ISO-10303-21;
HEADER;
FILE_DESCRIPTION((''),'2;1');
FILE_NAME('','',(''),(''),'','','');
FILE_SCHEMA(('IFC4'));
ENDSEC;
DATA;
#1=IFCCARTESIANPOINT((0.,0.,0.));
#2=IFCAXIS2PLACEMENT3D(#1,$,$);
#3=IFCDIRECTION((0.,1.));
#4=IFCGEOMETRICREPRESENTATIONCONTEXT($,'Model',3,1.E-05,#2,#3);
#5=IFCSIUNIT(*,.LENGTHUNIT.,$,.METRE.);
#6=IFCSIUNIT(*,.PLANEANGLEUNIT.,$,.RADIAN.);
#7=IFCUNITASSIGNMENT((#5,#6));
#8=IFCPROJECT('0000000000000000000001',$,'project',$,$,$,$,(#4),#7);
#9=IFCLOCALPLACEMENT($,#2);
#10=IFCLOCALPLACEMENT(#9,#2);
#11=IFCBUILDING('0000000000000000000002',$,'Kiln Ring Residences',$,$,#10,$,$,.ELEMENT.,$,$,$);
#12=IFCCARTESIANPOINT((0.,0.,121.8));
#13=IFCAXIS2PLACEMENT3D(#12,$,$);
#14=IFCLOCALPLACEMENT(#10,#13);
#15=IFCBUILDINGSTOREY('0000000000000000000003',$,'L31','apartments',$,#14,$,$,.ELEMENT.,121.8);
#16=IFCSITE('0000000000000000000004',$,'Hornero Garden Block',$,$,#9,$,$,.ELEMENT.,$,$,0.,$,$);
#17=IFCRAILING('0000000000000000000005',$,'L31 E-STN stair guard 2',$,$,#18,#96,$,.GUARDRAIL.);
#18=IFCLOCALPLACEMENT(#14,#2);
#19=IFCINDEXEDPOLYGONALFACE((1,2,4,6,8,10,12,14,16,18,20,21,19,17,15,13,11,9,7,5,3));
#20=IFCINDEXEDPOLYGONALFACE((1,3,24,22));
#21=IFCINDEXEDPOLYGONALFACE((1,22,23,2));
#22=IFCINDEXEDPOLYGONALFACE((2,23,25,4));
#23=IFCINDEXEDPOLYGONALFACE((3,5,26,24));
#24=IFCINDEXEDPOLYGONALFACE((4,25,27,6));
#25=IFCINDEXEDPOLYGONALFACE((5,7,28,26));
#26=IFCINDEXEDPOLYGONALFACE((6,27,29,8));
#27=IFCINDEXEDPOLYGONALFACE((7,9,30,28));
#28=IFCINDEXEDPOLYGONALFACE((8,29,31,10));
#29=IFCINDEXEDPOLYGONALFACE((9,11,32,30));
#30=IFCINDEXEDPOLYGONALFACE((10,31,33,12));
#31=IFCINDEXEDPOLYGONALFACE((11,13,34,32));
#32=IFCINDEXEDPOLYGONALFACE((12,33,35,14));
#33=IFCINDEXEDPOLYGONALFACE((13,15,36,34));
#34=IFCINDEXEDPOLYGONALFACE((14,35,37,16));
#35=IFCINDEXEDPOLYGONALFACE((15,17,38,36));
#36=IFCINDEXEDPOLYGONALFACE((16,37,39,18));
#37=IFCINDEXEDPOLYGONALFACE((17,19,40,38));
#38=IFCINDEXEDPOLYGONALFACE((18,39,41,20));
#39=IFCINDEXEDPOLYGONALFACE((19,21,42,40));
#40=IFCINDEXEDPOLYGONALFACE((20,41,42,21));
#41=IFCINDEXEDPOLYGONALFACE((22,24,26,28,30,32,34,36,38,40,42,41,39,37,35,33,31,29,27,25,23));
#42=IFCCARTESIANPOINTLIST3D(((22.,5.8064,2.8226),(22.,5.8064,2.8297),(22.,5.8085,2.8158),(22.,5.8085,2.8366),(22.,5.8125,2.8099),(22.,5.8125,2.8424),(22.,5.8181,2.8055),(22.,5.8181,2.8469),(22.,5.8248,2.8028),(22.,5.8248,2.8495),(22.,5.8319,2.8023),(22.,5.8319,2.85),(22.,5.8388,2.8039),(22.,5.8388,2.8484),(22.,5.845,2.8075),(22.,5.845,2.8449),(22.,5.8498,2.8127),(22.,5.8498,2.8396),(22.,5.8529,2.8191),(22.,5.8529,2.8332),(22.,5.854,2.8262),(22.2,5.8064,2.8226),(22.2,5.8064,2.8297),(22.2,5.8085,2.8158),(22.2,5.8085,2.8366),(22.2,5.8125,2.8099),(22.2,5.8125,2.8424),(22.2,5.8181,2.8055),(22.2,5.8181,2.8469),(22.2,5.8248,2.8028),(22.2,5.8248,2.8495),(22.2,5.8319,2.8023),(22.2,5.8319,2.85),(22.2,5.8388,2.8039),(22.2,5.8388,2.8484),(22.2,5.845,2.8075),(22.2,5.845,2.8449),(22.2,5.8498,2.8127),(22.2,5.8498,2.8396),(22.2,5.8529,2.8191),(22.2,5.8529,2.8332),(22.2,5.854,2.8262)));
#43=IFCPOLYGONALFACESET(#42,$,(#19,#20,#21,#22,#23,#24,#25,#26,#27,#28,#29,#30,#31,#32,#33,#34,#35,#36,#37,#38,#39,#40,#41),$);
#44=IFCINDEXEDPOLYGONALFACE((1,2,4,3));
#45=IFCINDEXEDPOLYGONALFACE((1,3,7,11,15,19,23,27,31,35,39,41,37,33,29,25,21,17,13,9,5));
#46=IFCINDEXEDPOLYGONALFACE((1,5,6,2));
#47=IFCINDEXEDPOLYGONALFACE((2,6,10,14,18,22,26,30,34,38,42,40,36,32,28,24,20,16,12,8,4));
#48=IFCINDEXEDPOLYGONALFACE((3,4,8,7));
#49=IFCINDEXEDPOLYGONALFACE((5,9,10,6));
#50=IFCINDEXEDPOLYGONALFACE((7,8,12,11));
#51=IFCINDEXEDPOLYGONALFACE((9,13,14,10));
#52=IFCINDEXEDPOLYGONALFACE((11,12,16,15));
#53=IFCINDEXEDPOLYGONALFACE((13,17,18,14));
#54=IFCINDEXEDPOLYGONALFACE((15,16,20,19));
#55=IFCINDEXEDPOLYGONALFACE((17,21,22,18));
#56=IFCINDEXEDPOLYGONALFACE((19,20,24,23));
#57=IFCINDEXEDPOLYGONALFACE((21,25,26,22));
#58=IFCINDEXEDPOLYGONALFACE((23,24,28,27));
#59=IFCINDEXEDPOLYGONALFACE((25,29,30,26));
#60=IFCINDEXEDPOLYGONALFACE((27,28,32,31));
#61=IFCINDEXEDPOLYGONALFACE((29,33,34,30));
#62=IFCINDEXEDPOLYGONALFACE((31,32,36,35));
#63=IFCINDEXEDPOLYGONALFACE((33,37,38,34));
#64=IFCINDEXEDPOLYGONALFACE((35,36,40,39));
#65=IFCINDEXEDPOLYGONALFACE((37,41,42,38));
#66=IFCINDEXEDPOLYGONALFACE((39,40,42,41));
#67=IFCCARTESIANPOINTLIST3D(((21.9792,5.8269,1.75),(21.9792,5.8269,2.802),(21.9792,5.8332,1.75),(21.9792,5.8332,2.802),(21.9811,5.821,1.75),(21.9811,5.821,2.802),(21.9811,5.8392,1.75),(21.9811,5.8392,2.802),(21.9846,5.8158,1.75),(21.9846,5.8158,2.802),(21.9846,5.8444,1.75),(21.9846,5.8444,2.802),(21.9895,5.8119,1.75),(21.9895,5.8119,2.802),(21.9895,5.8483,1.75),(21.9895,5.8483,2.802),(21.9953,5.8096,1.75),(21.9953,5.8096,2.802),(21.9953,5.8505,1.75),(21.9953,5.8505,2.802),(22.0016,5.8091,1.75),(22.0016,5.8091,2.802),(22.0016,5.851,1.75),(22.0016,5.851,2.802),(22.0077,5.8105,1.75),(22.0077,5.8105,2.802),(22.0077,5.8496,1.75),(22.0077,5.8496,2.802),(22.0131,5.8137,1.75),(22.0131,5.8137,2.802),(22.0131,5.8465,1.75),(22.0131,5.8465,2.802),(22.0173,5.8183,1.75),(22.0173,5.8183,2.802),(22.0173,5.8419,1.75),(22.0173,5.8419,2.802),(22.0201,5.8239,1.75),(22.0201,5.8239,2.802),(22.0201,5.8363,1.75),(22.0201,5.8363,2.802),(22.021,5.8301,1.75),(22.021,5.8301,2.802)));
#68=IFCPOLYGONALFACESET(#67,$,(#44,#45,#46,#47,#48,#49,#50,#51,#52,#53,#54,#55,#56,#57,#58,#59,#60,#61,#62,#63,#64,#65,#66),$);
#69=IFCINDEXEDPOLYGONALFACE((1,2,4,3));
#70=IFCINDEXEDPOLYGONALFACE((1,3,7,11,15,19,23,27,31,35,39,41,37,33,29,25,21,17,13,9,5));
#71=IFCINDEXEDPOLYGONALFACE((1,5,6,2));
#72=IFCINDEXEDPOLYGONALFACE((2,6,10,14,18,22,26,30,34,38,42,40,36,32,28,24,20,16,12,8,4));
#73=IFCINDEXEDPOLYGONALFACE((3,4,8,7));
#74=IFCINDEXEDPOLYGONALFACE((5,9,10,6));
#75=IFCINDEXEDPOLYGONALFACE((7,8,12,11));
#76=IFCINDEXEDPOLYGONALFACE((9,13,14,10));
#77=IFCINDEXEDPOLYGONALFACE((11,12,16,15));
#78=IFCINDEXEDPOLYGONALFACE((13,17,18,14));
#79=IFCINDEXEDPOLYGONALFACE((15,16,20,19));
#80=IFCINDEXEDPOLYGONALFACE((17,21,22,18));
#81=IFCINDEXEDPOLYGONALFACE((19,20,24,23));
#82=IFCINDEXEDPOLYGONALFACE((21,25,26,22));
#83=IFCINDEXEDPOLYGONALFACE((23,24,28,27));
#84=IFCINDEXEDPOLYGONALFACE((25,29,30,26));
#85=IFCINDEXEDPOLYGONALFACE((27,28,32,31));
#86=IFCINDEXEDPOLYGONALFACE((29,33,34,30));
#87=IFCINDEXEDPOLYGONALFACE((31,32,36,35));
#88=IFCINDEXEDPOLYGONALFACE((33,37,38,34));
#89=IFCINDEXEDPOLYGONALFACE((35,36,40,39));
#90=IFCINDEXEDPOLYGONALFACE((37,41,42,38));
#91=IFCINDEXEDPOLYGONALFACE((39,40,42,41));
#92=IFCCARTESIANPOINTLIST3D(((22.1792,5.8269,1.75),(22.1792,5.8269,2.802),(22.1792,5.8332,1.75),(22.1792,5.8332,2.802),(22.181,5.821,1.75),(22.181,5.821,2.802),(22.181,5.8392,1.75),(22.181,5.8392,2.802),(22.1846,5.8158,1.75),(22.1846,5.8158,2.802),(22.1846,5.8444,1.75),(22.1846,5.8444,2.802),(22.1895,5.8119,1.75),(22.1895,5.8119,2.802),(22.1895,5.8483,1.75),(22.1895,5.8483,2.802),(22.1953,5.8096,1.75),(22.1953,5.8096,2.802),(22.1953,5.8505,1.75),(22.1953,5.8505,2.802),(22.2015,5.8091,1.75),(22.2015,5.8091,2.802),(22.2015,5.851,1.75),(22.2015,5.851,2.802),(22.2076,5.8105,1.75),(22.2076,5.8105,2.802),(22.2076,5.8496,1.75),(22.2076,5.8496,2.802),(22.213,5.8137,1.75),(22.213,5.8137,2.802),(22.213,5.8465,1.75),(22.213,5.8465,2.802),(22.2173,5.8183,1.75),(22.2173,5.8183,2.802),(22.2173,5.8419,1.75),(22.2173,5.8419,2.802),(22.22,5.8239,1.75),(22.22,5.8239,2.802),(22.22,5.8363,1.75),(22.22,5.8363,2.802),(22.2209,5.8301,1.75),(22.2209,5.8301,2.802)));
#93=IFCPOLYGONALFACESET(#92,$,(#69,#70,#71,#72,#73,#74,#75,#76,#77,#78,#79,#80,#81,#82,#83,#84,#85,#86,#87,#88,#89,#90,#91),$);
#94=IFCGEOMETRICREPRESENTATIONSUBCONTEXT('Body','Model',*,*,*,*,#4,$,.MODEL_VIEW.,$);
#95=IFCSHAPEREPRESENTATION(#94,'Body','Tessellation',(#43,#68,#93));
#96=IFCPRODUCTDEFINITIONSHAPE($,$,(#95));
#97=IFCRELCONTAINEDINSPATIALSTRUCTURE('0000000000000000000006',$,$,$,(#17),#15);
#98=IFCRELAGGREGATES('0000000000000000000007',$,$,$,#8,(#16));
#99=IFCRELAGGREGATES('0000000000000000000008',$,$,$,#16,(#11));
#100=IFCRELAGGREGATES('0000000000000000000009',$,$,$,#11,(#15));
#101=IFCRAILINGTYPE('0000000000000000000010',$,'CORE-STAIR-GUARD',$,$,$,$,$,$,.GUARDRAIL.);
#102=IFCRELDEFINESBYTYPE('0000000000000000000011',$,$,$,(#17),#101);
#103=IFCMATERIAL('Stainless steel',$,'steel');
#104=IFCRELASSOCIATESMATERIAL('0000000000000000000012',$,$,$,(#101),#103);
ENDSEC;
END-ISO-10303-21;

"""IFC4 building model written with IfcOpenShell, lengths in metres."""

from ifc_helpers import new_model, si_unit, direction, frame, origin, origin_2d, place, context, subcontext, project, spatial, circle, extrude, material, type_object, element, save


model = new_model("IFC4")

# Units and contexts
model_context = context("Model", 3, precision=1e-05, world=origin(), true_north=direction((0.0, 1.0)))
body_context = subcontext(model_context, "Body", "Model", "MODEL_VIEW")
ifc_project = project(units=[si_unit("LENGTHUNIT", "METRE"), si_unit("PLANEANGLEUNIT", "RADIAN")], contexts=[model_context])

# Site, building, storey
site_placement = place(None, origin())
site = spatial("IfcSite", under=ifc_project, at=site_placement, Name="Hornero Garden Block", CompositionType="ELEMENT", RefElevation=0.0)
building_placement = place(site_placement, origin())
building = spatial("IfcBuilding", under=site, at=building_placement, Name="Kiln Ring Residences", CompositionType="ELEMENT")
storey_placement = place(building_placement, frame((0.0, 0.0, 121.8)))
storey = spatial("IfcBuildingStorey", under=building, at=storey_placement, Name="L31", Description="apartments", CompositionType="ELEMENT", Elevation=121.8)

# Railing
ifc_material_1 = material(Name="Stainless steel", Category="steel")
railing_type_1 = type_object("IfcRailingType", Name="CORE-STAIR-GUARD", PredefinedType="GUARDRAIL", material=ifc_material_1)
railing_1_placement = place(storey_placement, frame((22.0, 5.8301, 1.75)))
element("IfcRailing", 1, at=railing_1_placement, inside=storey, type_object=railing_type_1, Name="L31 E-STN stair guard 2", PredefinedType="GUARDRAIL", context=body_context, shape_type="SweptSolid", body=[
    extrude(circle(Radius=0.0239, at=origin_2d()), frame((0.0, 0.0, 1.0762), z_axis=(1.0, 0.0, 0.0), x_axis=(0.0, 1.0, 0.0)), (0.0, 0.0, 1.0), 0.2),
    extrude(circle(Radius=0.021, at=origin_2d()), origin(), (0.0, 0.0, 1.0), 1.052),
    extrude(circle(Radius=0.021, at=origin_2d()), frame((0.2, 0.0, 0.0)), (0.0, 0.0, 1.0), 1.052),
])

save(model, "model.ifc")
